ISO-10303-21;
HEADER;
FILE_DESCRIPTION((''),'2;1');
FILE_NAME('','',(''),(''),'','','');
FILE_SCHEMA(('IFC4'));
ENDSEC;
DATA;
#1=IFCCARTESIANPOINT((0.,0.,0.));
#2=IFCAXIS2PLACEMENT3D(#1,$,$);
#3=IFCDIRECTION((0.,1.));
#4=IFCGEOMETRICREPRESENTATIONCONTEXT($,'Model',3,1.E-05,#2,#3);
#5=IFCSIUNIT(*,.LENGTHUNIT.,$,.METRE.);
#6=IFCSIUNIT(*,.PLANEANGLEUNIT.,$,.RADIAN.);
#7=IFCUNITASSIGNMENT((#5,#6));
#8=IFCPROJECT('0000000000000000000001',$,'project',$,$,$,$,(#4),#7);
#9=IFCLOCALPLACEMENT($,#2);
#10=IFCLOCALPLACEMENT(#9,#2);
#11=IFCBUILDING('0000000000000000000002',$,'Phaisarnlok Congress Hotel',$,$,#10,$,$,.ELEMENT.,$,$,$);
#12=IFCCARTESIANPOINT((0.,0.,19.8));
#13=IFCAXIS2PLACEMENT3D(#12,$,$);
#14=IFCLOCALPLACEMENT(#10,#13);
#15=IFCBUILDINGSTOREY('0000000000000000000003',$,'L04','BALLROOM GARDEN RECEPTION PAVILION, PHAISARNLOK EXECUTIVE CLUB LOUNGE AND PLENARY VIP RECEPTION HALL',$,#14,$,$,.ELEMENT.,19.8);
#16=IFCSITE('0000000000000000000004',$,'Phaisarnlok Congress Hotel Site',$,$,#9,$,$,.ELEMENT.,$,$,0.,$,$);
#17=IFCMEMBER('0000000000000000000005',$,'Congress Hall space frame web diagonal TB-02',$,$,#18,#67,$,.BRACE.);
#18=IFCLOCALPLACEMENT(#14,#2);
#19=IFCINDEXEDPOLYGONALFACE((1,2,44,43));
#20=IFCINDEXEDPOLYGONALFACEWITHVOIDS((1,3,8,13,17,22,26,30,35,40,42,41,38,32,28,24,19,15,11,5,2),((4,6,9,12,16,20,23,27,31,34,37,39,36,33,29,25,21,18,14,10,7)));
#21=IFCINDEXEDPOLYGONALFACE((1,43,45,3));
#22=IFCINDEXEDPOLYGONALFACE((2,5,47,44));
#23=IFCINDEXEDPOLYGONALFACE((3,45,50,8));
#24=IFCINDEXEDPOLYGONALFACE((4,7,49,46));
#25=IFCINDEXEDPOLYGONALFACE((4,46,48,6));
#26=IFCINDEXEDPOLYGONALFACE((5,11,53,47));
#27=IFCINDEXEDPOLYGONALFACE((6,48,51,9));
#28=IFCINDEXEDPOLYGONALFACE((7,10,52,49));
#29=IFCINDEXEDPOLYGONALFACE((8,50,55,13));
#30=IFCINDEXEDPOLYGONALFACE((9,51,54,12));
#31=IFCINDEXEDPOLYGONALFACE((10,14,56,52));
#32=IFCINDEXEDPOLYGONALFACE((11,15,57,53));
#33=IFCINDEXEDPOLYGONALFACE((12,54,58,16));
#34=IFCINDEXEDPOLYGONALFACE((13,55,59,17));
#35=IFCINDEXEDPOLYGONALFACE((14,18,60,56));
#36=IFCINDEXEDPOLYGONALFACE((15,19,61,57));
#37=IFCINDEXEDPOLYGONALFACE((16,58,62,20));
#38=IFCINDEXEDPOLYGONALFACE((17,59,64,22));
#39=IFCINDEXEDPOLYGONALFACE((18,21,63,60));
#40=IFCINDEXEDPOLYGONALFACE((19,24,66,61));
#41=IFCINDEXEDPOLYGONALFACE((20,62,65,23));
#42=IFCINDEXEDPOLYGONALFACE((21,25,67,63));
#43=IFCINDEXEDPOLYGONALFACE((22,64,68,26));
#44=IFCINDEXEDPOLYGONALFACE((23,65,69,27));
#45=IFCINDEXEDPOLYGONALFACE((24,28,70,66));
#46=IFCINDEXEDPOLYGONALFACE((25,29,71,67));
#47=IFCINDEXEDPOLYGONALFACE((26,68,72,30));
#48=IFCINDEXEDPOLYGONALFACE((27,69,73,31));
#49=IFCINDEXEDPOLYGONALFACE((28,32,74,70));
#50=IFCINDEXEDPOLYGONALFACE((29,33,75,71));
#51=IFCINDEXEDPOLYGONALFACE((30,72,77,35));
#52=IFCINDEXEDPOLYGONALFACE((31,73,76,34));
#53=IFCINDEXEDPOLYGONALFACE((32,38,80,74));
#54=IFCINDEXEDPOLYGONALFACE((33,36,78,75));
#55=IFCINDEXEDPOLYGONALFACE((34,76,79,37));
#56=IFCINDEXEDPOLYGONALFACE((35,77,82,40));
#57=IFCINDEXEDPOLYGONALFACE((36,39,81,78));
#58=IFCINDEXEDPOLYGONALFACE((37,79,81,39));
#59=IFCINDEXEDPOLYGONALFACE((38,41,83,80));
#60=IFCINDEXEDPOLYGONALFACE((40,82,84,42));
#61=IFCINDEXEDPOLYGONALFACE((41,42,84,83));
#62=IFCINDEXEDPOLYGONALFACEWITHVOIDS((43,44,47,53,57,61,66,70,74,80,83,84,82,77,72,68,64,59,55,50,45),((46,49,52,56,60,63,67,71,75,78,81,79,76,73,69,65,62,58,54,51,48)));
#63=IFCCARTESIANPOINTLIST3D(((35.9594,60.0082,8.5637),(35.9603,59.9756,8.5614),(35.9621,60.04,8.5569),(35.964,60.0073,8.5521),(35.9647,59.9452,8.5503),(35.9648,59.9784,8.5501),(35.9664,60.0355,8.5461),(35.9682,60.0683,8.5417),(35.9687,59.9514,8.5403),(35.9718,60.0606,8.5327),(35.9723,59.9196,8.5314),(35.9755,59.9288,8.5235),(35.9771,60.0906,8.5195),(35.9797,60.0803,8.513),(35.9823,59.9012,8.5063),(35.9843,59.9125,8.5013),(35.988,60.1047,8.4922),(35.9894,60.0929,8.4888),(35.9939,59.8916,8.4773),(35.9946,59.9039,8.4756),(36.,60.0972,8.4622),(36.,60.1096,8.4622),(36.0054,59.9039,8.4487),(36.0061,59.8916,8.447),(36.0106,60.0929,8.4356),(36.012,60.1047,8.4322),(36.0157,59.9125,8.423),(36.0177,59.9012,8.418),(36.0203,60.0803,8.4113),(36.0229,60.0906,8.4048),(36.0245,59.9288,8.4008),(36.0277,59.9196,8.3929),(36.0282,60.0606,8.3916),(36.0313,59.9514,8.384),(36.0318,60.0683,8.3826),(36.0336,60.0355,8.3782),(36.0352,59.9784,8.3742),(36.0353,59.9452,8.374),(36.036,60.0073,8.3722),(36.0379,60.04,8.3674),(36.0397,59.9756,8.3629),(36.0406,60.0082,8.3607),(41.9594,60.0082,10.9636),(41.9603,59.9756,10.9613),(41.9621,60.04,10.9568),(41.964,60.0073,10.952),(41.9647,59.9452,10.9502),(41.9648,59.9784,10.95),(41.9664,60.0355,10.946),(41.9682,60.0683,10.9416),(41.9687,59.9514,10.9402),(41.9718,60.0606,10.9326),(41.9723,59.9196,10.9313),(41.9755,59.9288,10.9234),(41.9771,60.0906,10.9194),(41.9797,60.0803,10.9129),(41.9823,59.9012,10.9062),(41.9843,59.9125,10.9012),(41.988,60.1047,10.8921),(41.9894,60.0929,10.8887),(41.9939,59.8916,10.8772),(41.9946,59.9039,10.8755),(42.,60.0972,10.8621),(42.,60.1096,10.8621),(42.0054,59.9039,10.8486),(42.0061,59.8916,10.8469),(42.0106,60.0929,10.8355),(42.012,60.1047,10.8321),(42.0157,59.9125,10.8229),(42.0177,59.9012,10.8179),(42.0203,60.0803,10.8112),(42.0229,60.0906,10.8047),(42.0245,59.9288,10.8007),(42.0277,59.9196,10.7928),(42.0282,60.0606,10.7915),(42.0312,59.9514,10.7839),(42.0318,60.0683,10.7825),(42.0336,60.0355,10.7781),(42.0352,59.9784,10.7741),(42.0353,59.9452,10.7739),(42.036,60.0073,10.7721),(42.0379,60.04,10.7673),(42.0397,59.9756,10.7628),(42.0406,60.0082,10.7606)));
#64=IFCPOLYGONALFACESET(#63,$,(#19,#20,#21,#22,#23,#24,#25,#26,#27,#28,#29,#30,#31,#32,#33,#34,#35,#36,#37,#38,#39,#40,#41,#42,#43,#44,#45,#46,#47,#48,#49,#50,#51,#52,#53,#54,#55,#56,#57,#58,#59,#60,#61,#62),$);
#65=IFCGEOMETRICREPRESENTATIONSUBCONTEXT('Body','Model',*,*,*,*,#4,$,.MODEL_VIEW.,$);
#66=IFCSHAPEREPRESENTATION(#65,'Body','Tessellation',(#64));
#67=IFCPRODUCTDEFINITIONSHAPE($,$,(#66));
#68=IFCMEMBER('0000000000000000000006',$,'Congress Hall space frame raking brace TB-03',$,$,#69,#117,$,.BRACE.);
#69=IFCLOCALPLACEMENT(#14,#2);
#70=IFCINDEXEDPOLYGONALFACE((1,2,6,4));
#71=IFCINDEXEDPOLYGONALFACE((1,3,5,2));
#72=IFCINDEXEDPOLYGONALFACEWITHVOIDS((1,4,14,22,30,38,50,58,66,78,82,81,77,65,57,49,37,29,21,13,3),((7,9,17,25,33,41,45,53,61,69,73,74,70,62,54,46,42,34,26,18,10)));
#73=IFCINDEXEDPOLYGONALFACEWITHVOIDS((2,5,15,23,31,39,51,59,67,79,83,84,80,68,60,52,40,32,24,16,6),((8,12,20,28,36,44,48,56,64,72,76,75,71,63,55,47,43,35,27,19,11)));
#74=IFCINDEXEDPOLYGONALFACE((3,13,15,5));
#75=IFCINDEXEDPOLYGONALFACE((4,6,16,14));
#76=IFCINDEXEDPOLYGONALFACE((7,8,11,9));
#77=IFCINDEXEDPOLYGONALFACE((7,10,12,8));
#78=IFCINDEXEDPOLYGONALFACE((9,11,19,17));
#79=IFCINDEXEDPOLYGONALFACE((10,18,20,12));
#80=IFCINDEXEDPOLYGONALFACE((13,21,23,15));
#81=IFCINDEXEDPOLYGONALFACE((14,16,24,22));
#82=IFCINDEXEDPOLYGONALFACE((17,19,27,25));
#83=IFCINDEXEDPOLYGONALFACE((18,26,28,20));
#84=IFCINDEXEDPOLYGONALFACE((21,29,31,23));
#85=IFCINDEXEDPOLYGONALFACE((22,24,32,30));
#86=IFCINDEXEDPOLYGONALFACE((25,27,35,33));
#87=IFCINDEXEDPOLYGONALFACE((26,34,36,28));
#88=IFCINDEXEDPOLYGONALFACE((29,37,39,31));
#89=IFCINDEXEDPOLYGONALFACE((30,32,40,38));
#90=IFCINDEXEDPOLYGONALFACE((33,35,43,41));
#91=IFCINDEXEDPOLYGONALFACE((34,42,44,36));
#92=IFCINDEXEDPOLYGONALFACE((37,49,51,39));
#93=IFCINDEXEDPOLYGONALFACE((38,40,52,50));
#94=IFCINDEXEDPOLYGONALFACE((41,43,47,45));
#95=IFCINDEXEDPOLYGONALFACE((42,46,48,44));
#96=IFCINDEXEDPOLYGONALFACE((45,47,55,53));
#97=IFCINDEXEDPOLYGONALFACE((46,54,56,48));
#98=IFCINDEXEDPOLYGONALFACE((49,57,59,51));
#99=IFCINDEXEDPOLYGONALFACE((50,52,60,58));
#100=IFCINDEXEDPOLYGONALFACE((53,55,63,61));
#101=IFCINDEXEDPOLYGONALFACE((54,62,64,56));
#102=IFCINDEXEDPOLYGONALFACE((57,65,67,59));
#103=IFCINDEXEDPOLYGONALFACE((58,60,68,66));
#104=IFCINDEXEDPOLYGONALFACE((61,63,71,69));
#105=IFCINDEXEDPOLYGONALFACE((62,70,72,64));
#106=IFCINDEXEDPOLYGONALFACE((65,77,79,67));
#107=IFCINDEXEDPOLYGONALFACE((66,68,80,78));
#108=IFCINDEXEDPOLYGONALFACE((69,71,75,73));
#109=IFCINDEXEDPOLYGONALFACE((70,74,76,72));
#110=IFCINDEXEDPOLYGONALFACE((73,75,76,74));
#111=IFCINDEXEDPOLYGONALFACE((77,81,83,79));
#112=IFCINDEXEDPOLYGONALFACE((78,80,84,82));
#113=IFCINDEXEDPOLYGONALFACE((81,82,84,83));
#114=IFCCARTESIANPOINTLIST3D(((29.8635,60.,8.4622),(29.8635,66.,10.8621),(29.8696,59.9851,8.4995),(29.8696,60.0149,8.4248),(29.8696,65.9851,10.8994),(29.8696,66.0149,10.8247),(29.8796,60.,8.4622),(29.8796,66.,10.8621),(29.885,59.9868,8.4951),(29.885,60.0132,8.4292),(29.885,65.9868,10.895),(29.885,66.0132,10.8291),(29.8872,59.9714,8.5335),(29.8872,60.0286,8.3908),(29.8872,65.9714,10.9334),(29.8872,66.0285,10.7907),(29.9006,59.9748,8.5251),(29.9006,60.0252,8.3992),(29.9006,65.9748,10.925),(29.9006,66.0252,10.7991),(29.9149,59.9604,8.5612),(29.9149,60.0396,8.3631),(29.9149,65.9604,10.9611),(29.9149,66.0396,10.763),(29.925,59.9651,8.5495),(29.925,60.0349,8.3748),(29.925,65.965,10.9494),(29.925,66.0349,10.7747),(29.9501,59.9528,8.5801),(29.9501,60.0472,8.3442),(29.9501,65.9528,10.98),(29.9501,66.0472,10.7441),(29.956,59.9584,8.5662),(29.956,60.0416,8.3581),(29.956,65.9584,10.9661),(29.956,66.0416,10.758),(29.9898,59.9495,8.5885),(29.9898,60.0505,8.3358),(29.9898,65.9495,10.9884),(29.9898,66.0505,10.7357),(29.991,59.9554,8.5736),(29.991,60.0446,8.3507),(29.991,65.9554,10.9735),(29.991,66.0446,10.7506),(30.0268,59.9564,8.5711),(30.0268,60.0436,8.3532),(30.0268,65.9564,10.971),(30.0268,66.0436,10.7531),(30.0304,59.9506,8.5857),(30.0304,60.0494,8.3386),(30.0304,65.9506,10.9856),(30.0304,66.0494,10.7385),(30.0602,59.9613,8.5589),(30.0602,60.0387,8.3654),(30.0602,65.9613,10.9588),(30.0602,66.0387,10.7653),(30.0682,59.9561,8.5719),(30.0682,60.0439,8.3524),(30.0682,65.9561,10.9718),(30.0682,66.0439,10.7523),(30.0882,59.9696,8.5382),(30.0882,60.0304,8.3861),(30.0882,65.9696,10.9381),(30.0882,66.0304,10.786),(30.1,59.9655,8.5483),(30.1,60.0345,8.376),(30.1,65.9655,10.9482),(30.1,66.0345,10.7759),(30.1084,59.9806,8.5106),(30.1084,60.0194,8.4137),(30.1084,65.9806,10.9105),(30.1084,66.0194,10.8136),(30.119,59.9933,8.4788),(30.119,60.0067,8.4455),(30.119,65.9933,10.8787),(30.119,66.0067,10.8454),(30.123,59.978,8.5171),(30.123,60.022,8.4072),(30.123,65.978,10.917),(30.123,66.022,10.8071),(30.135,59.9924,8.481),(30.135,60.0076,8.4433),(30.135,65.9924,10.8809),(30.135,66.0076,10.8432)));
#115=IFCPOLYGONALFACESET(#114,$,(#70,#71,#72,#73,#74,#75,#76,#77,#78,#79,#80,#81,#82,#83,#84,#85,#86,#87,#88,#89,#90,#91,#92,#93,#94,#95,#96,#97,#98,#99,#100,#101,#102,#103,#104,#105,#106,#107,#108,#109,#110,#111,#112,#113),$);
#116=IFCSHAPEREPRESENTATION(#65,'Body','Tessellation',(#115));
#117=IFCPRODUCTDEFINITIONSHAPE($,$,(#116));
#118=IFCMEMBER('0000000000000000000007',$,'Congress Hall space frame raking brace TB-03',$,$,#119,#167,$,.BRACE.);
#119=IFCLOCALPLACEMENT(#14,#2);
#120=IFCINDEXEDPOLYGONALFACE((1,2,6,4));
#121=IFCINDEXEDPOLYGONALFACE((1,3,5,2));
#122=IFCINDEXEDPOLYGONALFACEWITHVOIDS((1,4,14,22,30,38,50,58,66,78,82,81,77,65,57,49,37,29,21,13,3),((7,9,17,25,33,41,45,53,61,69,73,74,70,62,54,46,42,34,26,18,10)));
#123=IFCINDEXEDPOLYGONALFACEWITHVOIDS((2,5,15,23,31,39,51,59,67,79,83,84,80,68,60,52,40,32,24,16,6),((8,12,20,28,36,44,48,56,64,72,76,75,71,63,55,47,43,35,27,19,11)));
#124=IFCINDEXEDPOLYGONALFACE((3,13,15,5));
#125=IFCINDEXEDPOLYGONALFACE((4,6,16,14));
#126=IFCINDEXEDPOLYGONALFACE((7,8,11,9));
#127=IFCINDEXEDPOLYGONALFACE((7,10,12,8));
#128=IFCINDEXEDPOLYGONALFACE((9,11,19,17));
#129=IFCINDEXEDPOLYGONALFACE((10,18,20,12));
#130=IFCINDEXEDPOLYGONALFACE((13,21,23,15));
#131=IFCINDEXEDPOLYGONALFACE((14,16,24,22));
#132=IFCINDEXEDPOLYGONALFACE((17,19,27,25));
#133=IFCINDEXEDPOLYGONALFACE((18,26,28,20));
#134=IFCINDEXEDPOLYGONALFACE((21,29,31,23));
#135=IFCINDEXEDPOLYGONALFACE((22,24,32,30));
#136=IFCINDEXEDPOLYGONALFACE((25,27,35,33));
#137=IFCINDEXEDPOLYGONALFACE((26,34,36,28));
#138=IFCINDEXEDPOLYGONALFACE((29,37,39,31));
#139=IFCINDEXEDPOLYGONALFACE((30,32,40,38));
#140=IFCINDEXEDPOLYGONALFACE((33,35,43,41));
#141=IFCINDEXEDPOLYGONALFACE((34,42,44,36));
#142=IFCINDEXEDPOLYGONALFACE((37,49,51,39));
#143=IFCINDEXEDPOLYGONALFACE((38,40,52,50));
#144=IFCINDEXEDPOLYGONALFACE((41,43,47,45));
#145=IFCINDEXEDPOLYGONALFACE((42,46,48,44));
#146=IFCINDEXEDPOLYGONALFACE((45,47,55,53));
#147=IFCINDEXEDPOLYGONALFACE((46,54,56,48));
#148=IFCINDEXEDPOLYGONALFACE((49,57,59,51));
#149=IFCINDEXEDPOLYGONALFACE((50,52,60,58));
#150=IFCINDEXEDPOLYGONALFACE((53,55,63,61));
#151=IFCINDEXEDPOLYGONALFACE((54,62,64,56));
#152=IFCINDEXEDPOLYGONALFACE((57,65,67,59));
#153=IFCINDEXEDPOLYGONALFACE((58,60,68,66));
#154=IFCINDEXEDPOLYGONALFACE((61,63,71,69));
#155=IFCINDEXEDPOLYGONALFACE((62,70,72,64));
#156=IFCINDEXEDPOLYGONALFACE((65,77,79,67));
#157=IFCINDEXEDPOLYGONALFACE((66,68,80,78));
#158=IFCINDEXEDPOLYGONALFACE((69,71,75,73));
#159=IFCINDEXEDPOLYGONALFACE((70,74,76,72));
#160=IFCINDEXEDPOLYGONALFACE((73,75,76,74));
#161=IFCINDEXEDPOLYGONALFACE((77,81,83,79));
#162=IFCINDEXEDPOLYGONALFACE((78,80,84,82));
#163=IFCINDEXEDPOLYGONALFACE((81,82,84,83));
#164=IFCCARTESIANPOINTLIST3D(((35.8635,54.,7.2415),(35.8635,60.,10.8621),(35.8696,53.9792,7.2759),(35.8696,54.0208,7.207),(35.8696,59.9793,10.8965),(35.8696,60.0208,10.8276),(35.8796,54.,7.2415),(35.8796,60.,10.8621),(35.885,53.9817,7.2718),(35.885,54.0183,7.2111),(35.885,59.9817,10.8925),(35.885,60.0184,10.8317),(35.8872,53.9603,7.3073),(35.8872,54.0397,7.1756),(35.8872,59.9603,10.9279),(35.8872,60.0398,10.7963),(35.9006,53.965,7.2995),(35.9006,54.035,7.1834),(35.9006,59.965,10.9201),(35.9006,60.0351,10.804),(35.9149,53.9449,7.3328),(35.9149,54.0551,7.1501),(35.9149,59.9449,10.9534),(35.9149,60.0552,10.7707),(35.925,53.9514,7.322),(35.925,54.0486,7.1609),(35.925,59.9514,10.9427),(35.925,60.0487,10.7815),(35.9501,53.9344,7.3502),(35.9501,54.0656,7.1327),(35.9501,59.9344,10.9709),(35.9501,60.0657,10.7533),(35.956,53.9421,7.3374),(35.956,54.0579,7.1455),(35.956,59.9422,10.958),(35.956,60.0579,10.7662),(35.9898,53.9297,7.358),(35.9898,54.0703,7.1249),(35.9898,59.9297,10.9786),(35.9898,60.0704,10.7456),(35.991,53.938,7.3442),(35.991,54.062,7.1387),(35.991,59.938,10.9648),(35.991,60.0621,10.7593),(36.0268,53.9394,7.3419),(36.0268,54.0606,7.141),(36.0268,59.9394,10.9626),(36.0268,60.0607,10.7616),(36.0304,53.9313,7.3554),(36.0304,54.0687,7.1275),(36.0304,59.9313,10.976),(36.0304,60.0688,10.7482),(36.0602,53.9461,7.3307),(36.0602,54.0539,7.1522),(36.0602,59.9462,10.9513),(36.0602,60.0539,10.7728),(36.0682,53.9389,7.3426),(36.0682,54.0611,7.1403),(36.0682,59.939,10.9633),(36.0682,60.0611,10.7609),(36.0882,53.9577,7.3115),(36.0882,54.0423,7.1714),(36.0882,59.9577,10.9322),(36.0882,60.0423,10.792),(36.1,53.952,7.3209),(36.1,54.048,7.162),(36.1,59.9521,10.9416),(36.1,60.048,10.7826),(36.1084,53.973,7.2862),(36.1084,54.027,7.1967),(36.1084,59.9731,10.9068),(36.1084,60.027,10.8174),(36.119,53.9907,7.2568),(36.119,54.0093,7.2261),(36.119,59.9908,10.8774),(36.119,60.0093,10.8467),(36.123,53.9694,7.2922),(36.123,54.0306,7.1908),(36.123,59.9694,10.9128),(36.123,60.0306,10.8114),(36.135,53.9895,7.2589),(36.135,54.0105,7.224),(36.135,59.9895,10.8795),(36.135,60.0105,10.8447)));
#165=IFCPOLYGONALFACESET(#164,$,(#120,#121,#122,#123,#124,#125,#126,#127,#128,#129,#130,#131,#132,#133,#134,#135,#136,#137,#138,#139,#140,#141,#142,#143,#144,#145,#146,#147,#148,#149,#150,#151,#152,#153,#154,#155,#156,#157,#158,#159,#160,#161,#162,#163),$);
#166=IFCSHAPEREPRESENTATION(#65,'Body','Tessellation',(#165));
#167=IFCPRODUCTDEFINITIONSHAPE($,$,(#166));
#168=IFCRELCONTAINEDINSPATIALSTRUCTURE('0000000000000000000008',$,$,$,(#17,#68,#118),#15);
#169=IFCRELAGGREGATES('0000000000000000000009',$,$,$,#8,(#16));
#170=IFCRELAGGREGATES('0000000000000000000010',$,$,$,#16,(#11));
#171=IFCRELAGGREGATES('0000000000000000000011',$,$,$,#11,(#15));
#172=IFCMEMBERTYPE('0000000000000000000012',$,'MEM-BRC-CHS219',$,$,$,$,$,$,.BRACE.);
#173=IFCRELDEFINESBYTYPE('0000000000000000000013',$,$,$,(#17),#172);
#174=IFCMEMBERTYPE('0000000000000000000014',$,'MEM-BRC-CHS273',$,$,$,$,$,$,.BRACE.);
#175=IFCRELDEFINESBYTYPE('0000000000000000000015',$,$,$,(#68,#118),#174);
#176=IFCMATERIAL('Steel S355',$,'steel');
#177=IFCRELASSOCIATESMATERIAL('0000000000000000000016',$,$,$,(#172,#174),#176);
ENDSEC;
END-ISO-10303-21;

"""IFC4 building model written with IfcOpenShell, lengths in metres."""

from ifc_helpers import new_model, si_unit, direction, frame, origin, origin_2d, place, context, subcontext, project, spatial, hollow_circle, extrude, material, material_profile, profile_set, type_object, element, save


model = new_model("IFC4")

# Units and contexts
model_context = context("Model", 3, precision=1e-05, world=origin(), true_north=direction((0.0, 1.0)))
body_context = subcontext(model_context, "Body", "Model", "MODEL_VIEW")
ifc_project = project(units=[si_unit("LENGTHUNIT", "METRE"), si_unit("PLANEANGLEUNIT", "RADIAN")], contexts=[model_context])

# Site, building, storey
site_placement = place(None, origin())
site = spatial("IfcSite", under=ifc_project, at=site_placement, Name="Phaisarnlok Congress Hotel Site", CompositionType="ELEMENT", RefElevation=0.0)
building_placement = place(site_placement, origin())
building = spatial("IfcBuilding", under=site, at=building_placement, Name="Phaisarnlok Congress Hotel", CompositionType="ELEMENT")
storey_placement = place(building_placement, frame((0.0, 0.0, 19.8)))
storey = spatial("IfcBuildingStorey", under=building, at=storey_placement, Name="L04", Description="BALLROOM GARDEN RECEPTION PAVILION, PHAISARNLOK EXECUTIVE CLUB LOUNGE AND PLENARY VIP RECEPTION HALL", CompositionType="ELEMENT", Elevation=19.8)

# Members
ifc_material = material(Name="Steel S355", Category="steel")
ifc_material_profile_1 = material_profile(ifc_material, hollow_circle(Radius=0.1096, WallThickness=0.0125, at=origin_2d()), Name="CHS 219.1x12.5")
ifc_profile_set_1 = profile_set([ifc_material_profile_1], Name="Steel S355")
member_type_1 = type_object("IfcMemberType", Name="MEM-BRC-CHS219", PredefinedType="BRACE", material=ifc_profile_set_1)
member_1_placement = place(storey_placement, frame((36.0, 60.0, 8.4622), z_axis=(0.928482, 0.0, 0.371378), x_axis=(0.0, 1.0, 0.0)))
element("IfcMember", 1, at=member_1_placement, inside=storey, type_object=member_type_1, Name="Congress Hall space frame web diagonal TB-02", PredefinedType="BRACE", context=body_context, shape_type="SweptSolid", body=[
    extrude(hollow_circle(Radius=0.1096, WallThickness=0.0125, at=origin_2d()), origin(), (0.0, 0.0, 1.0), 6.4622),
])
ifc_material_profile_2 = material_profile(ifc_material, hollow_circle(Radius=0.1365, WallThickness=0.0161, at=origin_2d()), Name="CHS 273x16")
ifc_profile_set_2 = profile_set([ifc_material_profile_2], Name="Steel S355")
member_type_2 = type_object("IfcMemberType", Name="MEM-BRC-CHS273", PredefinedType="BRACE", material=ifc_profile_set_2)
member_2_placement = place(storey_placement, frame((30.0, 60.0, 8.4622), z_axis=(0.0, 0.928482, 0.371378), x_axis=(-1.0, 0.0, 0.0)))
element("IfcMember", 2, at=member_2_placement, inside=storey, type_object=member_type_2, Name="Congress Hall space frame raking brace TB-03", PredefinedType="BRACE", context=body_context, shape_type="SweptSolid", body=[
    extrude(hollow_circle(Radius=0.1365, WallThickness=0.0161, at=origin_2d()), origin(), (0.0, 0.0, 1.0), 6.4622),
])
member_3_placement = place(storey_placement, frame((36.0, 54.0, 7.2415), z_axis=(0.0, 0.856193, 0.516656), x_axis=(-1.0, 0.0, 0.0)))
element("IfcMember", 3, at=member_3_placement, inside=storey, type_object=member_type_2, Name="Congress Hall space frame raking brace TB-03", PredefinedType="BRACE", context=body_context, shape_type="SweptSolid", body=[
    extrude(hollow_circle(Radius=0.1365, WallThickness=0.0161, at=origin_2d()), origin(), (0.0, 0.0, 1.0), 7.0078),
])

save(model, "model.ifc")
